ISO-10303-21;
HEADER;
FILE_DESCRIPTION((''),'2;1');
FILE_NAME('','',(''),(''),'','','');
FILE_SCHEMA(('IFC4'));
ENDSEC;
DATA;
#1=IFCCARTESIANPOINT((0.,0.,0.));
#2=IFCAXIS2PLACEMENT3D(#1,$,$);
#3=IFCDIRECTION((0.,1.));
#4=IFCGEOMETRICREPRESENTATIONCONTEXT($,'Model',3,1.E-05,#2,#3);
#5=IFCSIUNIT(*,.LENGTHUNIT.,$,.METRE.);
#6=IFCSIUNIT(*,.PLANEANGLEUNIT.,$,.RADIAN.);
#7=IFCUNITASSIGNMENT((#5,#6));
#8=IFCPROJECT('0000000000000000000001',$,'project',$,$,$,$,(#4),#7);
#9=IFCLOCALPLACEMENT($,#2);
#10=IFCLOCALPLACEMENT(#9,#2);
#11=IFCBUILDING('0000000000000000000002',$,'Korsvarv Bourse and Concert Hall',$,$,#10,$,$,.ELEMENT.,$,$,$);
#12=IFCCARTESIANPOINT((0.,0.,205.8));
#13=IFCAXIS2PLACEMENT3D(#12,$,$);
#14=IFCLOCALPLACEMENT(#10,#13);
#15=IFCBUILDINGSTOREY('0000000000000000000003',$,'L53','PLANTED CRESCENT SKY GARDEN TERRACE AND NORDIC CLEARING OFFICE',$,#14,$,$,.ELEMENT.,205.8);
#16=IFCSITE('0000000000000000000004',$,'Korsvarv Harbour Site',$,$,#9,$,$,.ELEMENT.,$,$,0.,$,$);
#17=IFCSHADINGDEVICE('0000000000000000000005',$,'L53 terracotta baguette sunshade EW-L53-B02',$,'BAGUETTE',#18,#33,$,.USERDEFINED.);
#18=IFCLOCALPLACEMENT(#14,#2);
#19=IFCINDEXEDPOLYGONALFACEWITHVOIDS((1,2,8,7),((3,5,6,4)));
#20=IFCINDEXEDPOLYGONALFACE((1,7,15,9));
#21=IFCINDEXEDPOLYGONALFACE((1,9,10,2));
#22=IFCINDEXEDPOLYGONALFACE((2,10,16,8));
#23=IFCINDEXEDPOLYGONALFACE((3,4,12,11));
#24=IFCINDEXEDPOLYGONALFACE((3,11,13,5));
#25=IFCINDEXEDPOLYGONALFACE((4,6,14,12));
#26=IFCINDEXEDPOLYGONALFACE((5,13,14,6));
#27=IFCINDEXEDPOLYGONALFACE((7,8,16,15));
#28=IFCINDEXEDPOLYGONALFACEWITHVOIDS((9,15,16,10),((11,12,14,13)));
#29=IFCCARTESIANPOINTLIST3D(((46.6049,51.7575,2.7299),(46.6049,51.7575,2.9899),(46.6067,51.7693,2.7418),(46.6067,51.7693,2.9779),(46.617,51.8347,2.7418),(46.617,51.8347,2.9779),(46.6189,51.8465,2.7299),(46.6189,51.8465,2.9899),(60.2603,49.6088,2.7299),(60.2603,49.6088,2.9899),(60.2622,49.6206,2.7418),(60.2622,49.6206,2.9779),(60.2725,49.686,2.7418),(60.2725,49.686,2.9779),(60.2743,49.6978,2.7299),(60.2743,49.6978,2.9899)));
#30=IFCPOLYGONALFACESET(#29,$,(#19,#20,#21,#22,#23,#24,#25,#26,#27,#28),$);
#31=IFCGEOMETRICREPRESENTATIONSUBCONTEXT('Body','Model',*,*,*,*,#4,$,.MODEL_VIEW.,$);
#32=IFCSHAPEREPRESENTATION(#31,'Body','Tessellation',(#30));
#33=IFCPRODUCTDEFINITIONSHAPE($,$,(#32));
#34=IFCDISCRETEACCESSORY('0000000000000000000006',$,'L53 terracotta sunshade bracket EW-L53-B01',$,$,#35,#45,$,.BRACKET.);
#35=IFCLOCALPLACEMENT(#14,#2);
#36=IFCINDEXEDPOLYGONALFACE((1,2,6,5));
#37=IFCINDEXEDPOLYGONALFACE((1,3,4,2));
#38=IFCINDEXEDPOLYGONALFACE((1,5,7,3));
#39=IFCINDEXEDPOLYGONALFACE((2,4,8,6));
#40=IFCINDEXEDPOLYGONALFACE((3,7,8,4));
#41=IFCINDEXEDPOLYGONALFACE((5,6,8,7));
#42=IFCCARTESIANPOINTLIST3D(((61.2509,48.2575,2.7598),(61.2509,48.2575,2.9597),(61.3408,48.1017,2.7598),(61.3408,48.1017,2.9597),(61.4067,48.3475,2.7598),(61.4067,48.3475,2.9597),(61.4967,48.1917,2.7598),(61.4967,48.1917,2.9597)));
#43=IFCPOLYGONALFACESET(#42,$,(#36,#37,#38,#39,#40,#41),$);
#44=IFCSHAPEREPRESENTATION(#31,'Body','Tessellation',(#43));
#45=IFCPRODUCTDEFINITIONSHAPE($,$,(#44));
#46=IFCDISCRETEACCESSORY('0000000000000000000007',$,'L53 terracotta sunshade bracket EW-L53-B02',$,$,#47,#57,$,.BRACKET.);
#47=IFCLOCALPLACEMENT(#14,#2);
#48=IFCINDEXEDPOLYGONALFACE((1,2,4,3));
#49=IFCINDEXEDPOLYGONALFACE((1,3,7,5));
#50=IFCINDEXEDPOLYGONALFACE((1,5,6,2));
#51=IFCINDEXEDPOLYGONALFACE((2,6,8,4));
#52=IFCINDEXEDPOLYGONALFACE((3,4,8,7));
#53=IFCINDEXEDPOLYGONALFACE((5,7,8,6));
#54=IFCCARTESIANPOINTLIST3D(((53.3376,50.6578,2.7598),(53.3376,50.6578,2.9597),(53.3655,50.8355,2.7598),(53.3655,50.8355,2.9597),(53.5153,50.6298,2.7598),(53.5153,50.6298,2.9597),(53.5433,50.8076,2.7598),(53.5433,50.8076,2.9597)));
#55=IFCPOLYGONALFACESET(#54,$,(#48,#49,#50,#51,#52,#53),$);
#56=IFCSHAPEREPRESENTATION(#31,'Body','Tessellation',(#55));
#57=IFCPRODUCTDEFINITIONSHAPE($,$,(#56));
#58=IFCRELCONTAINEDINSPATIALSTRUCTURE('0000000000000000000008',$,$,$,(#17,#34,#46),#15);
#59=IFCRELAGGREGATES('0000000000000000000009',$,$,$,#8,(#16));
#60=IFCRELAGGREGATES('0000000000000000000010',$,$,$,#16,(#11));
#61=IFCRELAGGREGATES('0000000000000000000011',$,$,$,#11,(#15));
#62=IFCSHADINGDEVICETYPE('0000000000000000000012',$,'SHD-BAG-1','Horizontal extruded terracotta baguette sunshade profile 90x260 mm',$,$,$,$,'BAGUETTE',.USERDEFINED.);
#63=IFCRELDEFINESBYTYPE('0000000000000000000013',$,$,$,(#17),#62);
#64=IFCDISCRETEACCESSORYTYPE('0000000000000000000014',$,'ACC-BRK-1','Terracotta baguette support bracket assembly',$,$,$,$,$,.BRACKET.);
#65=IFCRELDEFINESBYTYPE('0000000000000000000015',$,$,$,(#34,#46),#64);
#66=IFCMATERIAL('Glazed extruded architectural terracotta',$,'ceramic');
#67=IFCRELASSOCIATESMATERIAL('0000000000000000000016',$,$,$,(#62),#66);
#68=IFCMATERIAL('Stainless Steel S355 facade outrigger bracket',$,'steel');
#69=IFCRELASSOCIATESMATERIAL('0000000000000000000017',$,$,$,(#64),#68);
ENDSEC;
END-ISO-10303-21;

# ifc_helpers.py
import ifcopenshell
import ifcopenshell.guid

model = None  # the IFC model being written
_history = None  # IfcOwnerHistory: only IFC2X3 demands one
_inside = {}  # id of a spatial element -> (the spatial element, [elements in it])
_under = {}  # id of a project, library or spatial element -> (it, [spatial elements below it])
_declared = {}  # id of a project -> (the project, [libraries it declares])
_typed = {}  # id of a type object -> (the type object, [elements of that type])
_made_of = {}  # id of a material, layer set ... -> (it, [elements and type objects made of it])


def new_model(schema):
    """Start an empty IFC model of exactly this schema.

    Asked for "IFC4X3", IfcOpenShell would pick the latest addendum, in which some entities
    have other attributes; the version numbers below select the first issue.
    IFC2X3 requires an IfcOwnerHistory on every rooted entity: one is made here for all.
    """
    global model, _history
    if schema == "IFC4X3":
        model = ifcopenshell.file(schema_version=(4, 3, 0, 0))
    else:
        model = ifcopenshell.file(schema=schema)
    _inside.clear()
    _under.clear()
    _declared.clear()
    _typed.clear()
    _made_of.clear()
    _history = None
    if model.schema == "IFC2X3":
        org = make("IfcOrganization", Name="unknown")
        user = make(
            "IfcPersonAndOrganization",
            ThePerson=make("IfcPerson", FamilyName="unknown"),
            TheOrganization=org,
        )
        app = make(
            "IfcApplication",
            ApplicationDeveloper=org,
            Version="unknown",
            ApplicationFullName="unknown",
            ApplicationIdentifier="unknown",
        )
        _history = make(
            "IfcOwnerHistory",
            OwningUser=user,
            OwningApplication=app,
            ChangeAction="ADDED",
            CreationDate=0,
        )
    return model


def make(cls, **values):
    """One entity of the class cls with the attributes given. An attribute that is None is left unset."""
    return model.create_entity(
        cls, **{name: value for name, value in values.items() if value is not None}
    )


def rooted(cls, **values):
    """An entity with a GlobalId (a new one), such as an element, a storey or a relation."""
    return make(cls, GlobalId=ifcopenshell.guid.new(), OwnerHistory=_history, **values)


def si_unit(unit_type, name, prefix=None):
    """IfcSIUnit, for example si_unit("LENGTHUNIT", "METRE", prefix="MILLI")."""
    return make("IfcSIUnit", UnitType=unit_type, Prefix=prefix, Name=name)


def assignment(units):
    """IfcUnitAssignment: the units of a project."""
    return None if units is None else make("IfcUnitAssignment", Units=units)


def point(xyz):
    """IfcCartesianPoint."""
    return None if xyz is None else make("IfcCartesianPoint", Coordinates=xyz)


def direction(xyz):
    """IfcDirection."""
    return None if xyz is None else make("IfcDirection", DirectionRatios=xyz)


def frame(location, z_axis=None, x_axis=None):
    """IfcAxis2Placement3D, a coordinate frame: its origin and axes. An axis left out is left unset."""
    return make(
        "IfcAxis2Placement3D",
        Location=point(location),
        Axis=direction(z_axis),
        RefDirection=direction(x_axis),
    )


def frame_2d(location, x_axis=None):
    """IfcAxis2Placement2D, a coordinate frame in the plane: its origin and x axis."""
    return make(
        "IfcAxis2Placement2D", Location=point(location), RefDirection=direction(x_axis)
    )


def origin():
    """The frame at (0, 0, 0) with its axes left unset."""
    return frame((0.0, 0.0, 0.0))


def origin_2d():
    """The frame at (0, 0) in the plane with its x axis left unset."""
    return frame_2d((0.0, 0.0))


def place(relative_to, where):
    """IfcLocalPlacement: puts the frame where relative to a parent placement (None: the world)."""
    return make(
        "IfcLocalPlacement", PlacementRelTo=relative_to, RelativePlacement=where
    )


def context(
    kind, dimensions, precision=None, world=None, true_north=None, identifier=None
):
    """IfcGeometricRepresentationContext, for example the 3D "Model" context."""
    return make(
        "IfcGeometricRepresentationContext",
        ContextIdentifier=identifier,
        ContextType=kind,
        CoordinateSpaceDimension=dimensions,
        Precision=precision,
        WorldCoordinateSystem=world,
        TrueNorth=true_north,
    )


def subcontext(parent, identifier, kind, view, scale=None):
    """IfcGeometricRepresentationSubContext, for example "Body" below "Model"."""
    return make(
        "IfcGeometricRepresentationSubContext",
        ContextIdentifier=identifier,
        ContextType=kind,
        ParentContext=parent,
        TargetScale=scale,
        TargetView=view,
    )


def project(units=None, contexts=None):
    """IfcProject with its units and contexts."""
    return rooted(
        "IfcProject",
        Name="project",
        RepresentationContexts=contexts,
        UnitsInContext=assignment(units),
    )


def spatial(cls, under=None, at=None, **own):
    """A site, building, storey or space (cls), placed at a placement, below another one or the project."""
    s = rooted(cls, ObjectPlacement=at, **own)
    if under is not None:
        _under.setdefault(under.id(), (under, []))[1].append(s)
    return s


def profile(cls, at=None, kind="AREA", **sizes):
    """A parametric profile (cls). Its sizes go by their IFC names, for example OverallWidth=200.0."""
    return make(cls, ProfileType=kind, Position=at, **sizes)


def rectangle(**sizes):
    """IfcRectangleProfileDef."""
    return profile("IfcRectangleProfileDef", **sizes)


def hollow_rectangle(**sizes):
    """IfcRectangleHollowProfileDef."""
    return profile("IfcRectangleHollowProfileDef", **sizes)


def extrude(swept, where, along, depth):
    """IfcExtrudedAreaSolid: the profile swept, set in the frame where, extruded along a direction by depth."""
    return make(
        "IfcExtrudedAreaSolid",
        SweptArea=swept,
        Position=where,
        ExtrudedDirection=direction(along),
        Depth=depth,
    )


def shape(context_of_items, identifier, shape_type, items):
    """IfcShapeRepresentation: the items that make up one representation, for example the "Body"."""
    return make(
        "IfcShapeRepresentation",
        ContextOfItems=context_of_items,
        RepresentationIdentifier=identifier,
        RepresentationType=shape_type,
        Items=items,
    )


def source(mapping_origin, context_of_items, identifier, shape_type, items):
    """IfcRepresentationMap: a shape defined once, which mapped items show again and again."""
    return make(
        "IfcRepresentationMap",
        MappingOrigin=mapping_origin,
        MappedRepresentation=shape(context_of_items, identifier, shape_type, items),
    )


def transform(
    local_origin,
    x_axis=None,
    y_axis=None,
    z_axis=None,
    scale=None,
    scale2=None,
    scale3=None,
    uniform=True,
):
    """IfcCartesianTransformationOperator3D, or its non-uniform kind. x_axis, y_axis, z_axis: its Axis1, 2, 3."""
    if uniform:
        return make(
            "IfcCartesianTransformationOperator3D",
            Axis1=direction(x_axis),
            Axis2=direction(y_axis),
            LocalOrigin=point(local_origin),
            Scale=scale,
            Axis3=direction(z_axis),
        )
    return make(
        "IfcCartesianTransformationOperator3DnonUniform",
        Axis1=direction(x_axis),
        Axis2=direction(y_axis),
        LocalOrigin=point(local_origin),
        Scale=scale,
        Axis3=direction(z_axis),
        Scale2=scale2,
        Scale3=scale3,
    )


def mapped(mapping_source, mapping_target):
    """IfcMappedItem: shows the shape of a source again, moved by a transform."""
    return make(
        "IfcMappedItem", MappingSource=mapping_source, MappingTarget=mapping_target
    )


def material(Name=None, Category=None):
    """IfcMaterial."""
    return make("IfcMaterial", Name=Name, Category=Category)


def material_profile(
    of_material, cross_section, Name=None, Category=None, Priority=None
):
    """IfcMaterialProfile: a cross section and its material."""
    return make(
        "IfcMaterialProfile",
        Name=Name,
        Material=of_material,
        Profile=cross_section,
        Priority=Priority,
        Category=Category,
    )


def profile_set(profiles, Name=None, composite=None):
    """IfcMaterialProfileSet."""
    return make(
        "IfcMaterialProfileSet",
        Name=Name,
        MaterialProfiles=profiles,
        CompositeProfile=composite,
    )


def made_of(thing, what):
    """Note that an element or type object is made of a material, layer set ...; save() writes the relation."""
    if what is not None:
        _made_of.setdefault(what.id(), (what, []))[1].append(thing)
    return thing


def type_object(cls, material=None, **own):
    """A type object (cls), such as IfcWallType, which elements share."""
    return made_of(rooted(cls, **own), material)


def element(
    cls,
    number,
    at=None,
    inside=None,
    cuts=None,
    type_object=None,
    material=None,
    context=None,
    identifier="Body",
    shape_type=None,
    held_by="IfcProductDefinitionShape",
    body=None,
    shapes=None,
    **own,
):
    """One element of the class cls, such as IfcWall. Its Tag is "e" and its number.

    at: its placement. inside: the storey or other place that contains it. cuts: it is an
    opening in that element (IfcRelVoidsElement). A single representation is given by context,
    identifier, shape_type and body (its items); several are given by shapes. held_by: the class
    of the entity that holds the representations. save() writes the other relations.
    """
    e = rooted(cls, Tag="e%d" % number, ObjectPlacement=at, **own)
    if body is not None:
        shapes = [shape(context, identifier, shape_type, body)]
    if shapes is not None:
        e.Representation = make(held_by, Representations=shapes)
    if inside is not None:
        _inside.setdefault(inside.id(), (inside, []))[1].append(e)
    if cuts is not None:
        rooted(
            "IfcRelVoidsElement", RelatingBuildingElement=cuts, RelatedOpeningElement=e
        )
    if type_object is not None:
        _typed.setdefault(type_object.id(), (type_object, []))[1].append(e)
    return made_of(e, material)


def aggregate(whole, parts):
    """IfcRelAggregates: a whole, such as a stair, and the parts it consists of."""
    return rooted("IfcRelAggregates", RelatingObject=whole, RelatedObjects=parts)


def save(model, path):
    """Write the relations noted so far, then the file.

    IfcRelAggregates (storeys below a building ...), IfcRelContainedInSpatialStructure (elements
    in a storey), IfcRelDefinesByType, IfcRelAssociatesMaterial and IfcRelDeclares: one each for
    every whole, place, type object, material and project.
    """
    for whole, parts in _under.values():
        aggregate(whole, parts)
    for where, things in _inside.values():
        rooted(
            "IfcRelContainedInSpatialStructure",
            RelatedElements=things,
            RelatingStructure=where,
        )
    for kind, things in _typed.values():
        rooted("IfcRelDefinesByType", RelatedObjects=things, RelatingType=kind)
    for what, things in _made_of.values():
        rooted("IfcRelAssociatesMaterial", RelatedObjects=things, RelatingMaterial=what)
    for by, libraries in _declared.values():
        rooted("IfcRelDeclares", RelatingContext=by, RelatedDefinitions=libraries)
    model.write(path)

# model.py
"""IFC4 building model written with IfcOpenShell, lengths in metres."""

from ifc_helpers import new_model, si_unit, direction, frame, origin, origin_2d, place, context, subcontext, project, spatial, rectangle, hollow_rectangle, extrude, source, transform, mapped, material, material_profile, profile_set, type_object, element, save


model = new_model("IFC4")

# Units and contexts
model_context = context("Model", 3, precision=1e-05, world=origin(), true_north=direction((0.0, 1.0)))
body_context = subcontext(model_context, "Body", "Model", "MODEL_VIEW")
ifc_project = project(units=[si_unit("LENGTHUNIT", "METRE"), si_unit("PLANEANGLEUNIT", "RADIAN")], contexts=[model_context])

# Site, building, storey
site_placement = place(None, origin())
site = spatial("IfcSite", under=ifc_project, at=site_placement, Name="Korsvarv Harbour Site", CompositionType="ELEMENT", RefElevation=0.0)
building_placement = place(site_placement, origin())
building = spatial("IfcBuilding", under=site, at=building_placement, Name="Korsvarv Bourse and Concert Hall", CompositionType="ELEMENT")
storey_placement = place(building_placement, frame((0.0, 0.0, 205.8)))
storey = spatial("IfcBuildingStorey", under=building, at=storey_placement, Name="L53", Description="PLANTED CRESCENT SKY GARDEN TERRACE AND NORDIC CLEARING OFFICE", CompositionType="ELEMENT", Elevation=205.8)

# Shading device
ifc_material_1 = material(Name="Glazed extruded architectural terracotta", Category="ceramic")
ifc_material_profile_1 = material_profile(ifc_material_1, hollow_rectangle(XDim=0.0901, YDim=0.26, WallThickness=0.012, at=origin_2d()), Name="TC-BAG 90x260")
ifc_profile_set_1 = profile_set([ifc_material_profile_1], Name="Glazed extruded architectural terracotta")
shading_device_type = type_object("IfcShadingDeviceType", Name="SHD-BAG-1", Description="Horizontal extruded terracotta baguette sunshade profile 90x260 mm", ElementType="BAGUETTE", PredefinedType="USERDEFINED", material=ifc_profile_set_1)
shared_shape_1 = source(origin(), body_context, "Body", "SweptSolid", [
    extrude(hollow_rectangle(XDim=0.0901, YDim=0.26, WallThickness=0.012, at=origin_2d()), origin(), (0.0, 0.0, 1.0), 13.8235),
])
shading_device_placement = place(storey_placement, frame((60.2673, 49.6533, 2.8599), z_axis=(-0.987846, 0.155437, 0.0), x_axis=(-0.155437, -0.987846, 0.0)))
element("IfcShadingDevice", 1, at=shading_device_placement, inside=storey, type_object=shading_device_type, Name="L53 terracotta baguette sunshade EW-L53-B02", ObjectType="BAGUETTE", PredefinedType="USERDEFINED", context=body_context, shape_type="MappedRepresentation", body=[
    mapped(shared_shape_1, transform((0.0, 0.0, 0.0), scale=1.0)),
])

# Discrete accessories
ifc_material_2 = material(Name="Stainless Steel S355 facade outrigger bracket", Category="steel")
discrete_accessory_type = type_object("IfcDiscreteAccessoryType", Name="ACC-BRK-1", Description="Terracotta baguette support bracket assembly", PredefinedType="BRACKET", material=ifc_material_2)
shared_shape_2 = source(origin(), body_context, "Body", "SweptSolid", [
    extrude(rectangle(XDim=0.1799, YDim=0.1799, at=origin_2d()), origin(), (0.0, 0.0, 1.0), 0.2),
])
for number, where, z_axis, x_axis, name in (
    (2, (61.3738, 48.2246, 2.7598), (0.0, 0.0, 1.0), (-0.5, 0.866025, 0.0), "L53 terracotta sunshade bracket EW-L53-B01"),
    (3, (53.4404, 50.7327, 2.7598), (0.0, 0.0, 1.0), (-0.987852, 0.1554, 0.0), "L53 terracotta sunshade bracket EW-L53-B02"),
):
    element("IfcDiscreteAccessory", number, at=place(storey_placement, frame(where, z_axis=z_axis, x_axis=x_axis)), inside=storey, type_object=discrete_accessory_type, Name=name, PredefinedType="BRACKET", context=body_context, shape_type="MappedRepresentation", body=[
        mapped(shared_shape_2, transform((0.0, 0.0, 0.0), scale=1.0)),
    ])

save(model, "model.ifc")
